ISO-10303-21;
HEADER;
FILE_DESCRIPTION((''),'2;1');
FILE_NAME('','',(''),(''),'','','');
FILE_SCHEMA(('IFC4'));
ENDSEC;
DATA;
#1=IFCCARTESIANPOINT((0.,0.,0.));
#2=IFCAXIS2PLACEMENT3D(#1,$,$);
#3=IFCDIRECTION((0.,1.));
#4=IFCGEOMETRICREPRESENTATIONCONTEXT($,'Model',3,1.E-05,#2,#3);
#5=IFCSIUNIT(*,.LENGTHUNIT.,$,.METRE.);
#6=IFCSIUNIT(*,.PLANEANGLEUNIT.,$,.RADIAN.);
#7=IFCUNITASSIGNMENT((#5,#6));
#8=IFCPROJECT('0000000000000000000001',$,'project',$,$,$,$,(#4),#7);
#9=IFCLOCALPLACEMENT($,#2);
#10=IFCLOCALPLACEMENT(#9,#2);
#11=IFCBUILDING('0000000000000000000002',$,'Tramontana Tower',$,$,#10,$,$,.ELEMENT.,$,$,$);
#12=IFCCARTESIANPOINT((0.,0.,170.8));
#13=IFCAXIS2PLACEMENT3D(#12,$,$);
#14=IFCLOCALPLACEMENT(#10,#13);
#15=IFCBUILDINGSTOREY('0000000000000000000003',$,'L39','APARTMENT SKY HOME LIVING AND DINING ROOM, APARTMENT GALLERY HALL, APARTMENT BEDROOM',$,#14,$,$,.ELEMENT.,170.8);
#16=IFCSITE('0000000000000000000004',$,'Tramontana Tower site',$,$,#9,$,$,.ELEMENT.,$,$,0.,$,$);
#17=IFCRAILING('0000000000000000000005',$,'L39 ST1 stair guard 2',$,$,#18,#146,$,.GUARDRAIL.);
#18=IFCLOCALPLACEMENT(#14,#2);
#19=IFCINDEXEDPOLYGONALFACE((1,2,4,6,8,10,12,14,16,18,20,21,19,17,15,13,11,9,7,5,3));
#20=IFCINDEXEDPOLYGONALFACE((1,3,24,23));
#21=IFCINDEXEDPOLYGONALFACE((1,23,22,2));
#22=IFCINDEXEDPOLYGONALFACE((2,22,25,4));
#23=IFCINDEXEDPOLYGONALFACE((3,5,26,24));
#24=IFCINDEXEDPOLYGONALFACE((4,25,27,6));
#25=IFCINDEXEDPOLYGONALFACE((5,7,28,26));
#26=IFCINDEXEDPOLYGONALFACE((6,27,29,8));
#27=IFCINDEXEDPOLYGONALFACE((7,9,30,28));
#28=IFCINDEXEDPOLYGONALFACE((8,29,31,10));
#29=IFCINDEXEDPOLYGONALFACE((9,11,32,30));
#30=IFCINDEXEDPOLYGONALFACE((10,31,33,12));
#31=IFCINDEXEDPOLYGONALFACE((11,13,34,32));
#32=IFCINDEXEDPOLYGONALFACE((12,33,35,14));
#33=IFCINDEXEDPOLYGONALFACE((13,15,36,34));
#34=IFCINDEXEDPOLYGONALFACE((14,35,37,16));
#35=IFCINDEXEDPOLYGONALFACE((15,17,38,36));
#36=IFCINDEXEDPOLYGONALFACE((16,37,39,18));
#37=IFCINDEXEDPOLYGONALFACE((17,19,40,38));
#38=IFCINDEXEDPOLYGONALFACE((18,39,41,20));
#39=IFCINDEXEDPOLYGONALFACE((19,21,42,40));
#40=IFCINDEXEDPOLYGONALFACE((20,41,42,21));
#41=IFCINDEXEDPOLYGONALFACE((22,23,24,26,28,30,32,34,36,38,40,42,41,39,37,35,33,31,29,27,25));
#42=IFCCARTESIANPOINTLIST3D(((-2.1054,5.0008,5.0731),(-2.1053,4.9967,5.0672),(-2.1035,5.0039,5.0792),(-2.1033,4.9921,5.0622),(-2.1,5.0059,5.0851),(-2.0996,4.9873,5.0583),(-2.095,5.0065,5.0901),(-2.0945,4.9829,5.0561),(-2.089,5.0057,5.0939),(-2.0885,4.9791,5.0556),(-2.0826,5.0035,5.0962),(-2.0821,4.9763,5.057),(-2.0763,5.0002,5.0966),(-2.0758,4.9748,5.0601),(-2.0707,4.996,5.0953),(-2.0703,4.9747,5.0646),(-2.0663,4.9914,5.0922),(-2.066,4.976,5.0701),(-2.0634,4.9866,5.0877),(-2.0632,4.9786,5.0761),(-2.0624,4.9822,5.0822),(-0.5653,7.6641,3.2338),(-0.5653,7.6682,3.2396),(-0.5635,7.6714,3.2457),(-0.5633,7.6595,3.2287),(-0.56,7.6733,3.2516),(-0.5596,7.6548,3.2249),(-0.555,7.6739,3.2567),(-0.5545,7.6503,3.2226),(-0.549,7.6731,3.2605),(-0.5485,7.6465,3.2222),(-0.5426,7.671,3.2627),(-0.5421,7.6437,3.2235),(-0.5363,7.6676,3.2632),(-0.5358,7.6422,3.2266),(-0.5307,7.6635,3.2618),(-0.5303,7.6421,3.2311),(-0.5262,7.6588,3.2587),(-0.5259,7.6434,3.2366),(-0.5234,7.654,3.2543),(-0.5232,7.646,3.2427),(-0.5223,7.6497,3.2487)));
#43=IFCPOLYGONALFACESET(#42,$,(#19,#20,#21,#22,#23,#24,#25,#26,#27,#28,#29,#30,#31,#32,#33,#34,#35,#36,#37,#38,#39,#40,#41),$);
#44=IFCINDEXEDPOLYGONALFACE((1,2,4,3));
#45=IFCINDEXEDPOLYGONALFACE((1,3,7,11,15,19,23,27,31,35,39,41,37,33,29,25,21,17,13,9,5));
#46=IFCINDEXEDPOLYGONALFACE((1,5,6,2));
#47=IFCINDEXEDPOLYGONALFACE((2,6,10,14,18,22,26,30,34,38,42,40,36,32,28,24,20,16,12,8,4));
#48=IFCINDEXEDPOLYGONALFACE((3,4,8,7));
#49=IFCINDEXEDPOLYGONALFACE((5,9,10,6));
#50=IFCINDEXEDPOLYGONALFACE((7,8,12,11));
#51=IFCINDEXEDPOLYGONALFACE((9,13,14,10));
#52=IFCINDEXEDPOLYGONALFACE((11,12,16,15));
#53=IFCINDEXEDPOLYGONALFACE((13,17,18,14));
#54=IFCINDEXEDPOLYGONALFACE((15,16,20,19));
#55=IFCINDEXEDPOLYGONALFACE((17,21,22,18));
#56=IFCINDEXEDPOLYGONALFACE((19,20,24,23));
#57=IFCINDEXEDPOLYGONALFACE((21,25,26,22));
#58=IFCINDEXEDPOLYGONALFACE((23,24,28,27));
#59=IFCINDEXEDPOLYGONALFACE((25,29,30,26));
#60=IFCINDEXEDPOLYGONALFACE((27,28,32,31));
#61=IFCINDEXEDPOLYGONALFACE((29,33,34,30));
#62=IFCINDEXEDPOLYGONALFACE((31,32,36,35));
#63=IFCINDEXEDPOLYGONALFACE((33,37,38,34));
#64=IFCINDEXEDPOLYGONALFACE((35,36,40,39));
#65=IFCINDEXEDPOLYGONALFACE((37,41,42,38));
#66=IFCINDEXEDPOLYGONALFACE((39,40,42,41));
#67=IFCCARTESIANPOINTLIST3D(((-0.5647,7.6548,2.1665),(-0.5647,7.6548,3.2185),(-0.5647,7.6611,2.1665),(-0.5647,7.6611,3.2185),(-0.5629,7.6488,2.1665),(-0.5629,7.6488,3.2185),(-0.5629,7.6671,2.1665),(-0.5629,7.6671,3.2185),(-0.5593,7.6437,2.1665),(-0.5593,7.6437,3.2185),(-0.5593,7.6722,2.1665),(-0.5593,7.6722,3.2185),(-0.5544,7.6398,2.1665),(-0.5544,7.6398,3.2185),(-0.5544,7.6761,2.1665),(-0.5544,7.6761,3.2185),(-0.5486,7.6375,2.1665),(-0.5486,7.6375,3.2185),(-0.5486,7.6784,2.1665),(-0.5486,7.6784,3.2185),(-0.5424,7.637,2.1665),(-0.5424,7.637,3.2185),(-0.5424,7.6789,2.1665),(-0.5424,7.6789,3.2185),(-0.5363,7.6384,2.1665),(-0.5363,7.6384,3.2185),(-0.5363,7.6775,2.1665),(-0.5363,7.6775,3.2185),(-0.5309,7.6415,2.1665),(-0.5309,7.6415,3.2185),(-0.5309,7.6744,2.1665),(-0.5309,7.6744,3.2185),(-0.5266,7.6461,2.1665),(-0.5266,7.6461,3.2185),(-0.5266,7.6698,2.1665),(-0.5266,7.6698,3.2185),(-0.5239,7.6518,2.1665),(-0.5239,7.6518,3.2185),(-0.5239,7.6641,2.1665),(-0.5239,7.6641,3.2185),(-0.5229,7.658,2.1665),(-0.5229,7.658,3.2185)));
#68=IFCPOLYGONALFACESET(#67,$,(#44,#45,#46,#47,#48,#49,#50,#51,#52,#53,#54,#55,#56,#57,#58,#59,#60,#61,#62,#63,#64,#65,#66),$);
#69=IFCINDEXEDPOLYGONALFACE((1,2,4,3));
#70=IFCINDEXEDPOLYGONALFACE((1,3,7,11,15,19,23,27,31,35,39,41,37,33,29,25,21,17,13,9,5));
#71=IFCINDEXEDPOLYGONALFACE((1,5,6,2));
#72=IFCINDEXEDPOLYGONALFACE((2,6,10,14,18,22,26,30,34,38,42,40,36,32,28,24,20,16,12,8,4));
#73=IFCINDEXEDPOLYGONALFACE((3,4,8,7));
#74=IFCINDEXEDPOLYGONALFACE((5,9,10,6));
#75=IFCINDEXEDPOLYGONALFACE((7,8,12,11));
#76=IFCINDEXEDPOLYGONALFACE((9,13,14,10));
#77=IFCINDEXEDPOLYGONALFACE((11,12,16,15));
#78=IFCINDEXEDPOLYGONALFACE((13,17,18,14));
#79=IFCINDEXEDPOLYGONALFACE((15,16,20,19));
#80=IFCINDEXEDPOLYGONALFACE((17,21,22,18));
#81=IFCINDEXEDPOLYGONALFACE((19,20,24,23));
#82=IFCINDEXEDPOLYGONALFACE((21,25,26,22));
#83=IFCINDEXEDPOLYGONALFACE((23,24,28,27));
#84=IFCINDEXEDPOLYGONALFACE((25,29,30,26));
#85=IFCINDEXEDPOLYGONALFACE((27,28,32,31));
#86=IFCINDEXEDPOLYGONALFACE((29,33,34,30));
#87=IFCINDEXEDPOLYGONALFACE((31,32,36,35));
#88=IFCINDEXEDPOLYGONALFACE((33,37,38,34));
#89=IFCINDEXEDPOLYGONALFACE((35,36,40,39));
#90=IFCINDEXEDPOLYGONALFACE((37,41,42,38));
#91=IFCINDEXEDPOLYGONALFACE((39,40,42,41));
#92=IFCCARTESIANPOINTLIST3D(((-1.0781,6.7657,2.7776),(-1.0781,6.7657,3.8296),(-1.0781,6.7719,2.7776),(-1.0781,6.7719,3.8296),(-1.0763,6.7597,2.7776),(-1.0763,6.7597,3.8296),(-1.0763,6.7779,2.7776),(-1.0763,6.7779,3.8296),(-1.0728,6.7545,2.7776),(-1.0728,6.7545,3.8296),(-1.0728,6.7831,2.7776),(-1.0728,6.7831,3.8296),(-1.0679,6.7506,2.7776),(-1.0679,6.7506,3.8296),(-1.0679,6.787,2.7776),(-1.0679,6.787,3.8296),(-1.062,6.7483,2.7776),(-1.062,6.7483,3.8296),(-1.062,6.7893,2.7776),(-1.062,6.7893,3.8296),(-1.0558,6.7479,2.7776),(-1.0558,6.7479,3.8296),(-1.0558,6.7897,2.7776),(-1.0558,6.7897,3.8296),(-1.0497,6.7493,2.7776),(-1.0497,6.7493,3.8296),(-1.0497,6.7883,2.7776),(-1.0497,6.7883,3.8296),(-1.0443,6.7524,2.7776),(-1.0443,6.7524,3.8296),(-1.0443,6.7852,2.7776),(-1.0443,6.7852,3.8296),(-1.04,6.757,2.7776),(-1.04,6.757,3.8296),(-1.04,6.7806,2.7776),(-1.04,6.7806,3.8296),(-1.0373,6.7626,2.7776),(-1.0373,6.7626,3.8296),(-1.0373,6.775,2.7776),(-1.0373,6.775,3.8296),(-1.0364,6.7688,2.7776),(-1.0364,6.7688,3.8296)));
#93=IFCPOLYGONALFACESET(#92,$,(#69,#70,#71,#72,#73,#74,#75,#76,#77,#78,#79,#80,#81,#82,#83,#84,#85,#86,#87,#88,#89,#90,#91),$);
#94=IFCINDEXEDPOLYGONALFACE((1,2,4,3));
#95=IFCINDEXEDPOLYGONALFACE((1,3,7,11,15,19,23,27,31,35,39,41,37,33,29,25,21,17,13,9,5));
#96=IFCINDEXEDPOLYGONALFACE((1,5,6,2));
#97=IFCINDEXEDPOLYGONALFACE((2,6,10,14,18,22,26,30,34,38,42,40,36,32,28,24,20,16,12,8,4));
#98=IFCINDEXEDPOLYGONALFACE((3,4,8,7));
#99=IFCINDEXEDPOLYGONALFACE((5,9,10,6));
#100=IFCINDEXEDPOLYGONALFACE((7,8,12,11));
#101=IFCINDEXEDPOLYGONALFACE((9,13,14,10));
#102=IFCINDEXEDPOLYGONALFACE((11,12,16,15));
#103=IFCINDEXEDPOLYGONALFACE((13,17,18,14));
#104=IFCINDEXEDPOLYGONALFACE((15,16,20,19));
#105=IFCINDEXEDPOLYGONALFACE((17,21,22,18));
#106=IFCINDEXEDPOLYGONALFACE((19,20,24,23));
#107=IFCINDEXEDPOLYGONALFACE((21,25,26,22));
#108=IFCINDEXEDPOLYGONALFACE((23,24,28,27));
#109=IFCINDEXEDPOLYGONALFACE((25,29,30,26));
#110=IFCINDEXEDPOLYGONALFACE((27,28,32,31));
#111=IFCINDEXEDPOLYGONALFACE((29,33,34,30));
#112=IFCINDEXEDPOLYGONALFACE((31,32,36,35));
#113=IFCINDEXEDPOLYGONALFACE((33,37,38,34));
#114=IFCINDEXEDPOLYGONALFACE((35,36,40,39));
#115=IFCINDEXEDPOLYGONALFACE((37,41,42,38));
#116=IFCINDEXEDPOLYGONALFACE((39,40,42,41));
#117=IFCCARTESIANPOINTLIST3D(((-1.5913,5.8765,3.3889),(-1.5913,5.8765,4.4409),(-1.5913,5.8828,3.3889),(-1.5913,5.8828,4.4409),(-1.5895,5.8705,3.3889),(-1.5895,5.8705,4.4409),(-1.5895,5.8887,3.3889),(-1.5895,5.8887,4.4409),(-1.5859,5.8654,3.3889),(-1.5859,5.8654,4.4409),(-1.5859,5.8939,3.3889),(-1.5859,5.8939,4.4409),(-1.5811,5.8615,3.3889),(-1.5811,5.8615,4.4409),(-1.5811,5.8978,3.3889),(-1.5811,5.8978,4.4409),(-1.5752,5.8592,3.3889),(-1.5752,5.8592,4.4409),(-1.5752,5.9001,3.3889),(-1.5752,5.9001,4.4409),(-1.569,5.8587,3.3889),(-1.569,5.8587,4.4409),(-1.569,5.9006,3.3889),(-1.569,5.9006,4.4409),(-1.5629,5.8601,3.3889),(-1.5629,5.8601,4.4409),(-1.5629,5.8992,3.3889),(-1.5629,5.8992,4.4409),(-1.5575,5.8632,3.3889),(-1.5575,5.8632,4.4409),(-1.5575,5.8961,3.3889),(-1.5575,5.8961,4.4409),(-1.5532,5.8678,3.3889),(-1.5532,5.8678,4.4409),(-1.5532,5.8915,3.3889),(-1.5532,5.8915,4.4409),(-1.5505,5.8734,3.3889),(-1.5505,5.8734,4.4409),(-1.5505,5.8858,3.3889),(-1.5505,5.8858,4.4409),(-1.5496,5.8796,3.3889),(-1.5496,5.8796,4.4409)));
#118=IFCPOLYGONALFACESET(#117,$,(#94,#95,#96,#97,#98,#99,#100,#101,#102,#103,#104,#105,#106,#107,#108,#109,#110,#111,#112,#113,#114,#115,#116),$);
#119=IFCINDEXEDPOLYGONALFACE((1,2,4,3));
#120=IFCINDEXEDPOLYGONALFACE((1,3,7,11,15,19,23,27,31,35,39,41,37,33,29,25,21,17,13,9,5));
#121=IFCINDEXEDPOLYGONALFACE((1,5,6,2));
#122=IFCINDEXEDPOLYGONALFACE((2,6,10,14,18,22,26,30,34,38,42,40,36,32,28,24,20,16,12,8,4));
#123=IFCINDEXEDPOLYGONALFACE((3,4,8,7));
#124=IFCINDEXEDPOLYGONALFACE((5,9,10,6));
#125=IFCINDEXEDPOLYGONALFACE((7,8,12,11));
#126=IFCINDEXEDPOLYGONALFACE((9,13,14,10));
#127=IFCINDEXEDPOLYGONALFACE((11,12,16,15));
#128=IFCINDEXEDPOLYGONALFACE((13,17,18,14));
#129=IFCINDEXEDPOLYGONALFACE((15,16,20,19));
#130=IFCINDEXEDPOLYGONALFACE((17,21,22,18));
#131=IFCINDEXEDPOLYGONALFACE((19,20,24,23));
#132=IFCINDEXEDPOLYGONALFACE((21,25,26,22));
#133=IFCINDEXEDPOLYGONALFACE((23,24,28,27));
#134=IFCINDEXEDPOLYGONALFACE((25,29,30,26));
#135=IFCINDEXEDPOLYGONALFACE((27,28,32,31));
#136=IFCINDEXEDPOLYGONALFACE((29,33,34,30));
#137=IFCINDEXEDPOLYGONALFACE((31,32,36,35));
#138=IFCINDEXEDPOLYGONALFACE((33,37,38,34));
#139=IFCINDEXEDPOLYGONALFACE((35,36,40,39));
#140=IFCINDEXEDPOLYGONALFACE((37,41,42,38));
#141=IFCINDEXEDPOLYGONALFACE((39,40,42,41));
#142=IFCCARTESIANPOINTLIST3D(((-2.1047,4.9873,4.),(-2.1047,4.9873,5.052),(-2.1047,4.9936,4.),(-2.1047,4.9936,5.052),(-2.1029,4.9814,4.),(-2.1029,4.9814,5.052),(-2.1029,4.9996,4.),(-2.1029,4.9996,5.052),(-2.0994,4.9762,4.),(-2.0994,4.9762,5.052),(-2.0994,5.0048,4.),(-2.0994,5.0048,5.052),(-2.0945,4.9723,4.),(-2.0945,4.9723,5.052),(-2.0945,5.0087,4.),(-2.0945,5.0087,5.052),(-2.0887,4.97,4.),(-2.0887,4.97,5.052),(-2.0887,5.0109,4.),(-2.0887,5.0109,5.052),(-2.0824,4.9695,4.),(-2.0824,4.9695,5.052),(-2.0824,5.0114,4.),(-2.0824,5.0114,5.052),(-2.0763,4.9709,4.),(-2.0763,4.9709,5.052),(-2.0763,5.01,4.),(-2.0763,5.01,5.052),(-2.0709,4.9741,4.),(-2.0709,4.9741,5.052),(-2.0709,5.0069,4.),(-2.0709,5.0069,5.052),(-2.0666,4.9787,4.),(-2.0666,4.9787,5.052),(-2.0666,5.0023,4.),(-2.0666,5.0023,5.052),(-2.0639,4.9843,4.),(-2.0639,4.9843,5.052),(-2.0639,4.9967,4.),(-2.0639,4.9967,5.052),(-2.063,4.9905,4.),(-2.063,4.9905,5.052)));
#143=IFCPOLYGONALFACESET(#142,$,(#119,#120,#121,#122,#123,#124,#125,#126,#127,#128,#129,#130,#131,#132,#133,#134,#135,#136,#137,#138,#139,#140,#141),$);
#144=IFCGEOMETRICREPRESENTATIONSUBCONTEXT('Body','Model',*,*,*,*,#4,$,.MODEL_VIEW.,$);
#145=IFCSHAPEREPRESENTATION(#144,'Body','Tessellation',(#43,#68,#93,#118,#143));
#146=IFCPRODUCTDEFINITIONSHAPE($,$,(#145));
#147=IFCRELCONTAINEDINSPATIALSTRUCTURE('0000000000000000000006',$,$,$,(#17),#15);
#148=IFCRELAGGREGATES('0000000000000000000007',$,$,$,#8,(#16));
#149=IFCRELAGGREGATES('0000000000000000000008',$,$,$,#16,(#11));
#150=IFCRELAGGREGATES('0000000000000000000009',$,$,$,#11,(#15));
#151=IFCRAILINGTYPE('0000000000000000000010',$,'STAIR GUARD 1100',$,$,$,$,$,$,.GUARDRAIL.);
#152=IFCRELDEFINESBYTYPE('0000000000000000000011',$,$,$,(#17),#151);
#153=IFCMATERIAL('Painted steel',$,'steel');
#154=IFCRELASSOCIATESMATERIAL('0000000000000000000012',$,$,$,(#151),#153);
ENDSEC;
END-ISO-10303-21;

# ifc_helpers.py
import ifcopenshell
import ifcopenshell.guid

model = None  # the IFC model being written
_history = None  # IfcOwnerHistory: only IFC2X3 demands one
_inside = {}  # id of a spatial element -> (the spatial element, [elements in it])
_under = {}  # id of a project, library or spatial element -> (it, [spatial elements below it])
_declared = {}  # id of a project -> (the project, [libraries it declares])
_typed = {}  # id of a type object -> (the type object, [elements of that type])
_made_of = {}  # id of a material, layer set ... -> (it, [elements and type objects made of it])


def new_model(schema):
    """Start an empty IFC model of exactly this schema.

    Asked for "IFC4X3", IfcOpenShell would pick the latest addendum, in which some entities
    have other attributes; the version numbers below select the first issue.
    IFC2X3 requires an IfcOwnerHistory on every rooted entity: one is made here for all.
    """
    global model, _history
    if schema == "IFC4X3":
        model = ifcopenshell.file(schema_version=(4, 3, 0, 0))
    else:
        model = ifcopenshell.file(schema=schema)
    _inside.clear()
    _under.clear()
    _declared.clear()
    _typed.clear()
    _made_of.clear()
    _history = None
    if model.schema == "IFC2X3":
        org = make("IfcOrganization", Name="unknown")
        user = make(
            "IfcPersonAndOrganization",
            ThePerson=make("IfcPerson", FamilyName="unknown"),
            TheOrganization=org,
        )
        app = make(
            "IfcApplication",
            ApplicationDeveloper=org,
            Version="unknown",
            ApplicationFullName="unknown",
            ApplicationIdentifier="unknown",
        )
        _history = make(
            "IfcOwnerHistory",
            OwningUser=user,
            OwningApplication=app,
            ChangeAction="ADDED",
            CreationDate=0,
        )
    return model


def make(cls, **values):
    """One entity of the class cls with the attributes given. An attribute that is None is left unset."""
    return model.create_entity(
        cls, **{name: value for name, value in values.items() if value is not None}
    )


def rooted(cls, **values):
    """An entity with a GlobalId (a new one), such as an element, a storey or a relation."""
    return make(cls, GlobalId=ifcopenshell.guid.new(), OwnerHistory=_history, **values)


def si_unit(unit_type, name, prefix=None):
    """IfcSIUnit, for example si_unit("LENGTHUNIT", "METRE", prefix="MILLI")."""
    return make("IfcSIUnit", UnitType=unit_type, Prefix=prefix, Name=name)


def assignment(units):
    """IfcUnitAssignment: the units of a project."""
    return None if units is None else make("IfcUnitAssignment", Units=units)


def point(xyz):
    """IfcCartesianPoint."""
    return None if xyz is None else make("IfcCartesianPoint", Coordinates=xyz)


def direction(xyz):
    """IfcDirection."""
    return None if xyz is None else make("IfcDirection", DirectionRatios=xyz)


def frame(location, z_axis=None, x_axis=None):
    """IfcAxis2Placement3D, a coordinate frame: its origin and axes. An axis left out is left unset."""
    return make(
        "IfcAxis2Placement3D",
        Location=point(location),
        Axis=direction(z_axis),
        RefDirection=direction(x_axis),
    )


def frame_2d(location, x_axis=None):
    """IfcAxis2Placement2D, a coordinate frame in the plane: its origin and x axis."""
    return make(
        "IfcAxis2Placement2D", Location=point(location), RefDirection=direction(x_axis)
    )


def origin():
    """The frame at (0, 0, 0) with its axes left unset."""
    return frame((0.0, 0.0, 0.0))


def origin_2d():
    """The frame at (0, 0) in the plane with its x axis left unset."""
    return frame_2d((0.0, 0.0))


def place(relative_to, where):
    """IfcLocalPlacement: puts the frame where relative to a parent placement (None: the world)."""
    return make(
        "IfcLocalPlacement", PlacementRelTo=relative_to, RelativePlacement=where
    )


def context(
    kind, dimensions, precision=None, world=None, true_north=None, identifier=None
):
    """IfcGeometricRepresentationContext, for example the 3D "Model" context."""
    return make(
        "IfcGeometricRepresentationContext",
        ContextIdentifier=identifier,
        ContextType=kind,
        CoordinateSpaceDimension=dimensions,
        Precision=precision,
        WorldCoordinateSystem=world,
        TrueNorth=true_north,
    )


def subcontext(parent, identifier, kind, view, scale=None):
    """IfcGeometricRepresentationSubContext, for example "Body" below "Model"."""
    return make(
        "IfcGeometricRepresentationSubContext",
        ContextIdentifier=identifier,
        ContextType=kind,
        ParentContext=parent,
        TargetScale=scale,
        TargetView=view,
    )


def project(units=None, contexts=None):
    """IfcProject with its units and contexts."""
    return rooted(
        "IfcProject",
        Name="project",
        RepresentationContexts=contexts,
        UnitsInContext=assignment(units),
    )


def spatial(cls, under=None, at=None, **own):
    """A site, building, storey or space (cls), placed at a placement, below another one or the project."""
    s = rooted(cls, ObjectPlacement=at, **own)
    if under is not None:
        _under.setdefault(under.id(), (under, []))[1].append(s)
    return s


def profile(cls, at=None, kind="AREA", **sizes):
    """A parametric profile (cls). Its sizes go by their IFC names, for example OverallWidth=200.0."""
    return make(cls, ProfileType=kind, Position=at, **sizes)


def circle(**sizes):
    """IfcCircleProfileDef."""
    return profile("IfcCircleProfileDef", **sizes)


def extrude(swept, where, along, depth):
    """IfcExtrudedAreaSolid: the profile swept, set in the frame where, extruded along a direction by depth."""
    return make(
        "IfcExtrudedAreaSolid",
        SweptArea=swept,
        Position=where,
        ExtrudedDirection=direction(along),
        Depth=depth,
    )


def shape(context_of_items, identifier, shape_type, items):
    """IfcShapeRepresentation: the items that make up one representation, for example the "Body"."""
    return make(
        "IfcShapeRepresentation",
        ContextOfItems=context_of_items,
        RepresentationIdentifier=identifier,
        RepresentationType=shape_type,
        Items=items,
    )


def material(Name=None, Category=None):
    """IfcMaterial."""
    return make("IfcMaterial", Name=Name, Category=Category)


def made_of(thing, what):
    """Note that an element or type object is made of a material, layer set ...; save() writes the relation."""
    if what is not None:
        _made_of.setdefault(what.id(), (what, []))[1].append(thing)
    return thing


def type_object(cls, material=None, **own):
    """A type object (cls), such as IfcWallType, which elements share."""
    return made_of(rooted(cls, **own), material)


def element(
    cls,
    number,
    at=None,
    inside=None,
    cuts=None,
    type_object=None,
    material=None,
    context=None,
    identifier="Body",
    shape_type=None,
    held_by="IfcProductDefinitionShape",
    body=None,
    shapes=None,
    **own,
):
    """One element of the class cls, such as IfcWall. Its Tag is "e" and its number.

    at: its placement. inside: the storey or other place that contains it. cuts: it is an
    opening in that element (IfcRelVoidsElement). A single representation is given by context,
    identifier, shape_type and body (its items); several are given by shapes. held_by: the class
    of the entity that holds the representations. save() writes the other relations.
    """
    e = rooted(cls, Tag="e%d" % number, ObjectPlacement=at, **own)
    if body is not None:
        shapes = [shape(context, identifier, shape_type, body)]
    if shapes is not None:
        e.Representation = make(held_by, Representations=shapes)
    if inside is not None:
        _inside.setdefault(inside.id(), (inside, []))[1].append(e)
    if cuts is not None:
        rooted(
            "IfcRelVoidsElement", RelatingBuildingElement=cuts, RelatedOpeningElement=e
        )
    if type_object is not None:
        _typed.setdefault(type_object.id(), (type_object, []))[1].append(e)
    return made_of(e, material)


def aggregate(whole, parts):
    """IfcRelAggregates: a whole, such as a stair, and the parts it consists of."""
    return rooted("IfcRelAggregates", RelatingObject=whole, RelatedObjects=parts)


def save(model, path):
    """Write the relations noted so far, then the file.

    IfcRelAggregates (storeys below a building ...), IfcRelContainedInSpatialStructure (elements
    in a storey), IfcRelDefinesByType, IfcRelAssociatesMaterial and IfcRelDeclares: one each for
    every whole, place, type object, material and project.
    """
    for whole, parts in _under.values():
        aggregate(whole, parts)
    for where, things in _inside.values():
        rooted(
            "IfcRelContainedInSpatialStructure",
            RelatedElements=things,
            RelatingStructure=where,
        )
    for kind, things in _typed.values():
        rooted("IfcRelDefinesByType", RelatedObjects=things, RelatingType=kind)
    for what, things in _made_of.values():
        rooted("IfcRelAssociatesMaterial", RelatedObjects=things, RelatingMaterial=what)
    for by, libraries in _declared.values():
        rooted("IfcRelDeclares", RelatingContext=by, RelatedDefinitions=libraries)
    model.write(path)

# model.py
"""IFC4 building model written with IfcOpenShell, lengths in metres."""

from ifc_helpers import new_model, si_unit, direction, frame, origin, origin_2d, place, context, subcontext, project, spatial, circle, extrude, material, type_object, element, save


model = new_model("IFC4")

# Units and contexts
model_context = context("Model", 3, precision=1e-05, world=origin(), true_north=direction((0.0, 1.0)))
body_context = subcontext(model_context, "Body", "Model", "MODEL_VIEW")
ifc_project = project(units=[si_unit("LENGTHUNIT", "METRE"), si_unit("PLANEANGLEUNIT", "RADIAN")], contexts=[model_context])

# Site, building, storey
site_placement = place(None, origin())
site = spatial("IfcSite", under=ifc_project, at=site_placement, Name="Tramontana Tower site", CompositionType="ELEMENT", RefElevation=0.0)
building_placement = place(site_placement, origin())
building = spatial("IfcBuilding", under=site, at=building_placement, Name="Tramontana Tower", CompositionType="ELEMENT")
storey_placement = place(building_placement, frame((0.0, 0.0, 170.8)))
storey = spatial("IfcBuildingStorey", under=building, at=storey_placement, Name="L39", Description="APARTMENT SKY HOME LIVING AND DINING ROOM, APARTMENT GALLERY HALL, APARTMENT BEDROOM", CompositionType="ELEMENT", Elevation=170.8)

# Railing
ifc_material_1 = material(Name="Painted steel", Category="steel")
railing_type_1 = type_object("IfcRailingType", Name="STAIR GUARD 1100", PredefinedType="GUARDRAIL", material=ifc_material_1)
railing_1_placement = place(storey_placement, frame((-0.5439, 7.658, 2.1665)))
element("IfcRailing", 1, at=railing_1_placement, inside=storey, type_object=railing_type_1, Name="L39 ST1 stair guard 2", PredefinedType="GUARDRAIL", context=body_context, shape_type="SweptSolid", body=[
    extrude(circle(Radius=0.0239, at=origin_2d()), frame((0.0, 0.0, 1.0762), z_axis=(-0.429634, -0.744164, 0.511502), x_axis=(0.86603, -0.499992, 0.0)), (0.0, 0.0, 1.0), 3.5845),
    extrude(circle(Radius=0.021, at=origin_2d()), origin(), (0.0, 0.0, 1.0), 1.052),
    extrude(circle(Radius=0.021, at=origin_2d()), frame((-0.5134, -0.8892, 0.6111)), (0.0, 0.0, 1.0), 1.052),
    extrude(circle(Radius=0.021, at=origin_2d()), frame((-1.0266, -1.7783, 1.2224)), (0.0, 0.0, 1.0), 1.052),
    extrude(circle(Radius=0.021, at=origin_2d()), frame((-1.54, -2.6675, 1.8335)), (0.0, 0.0, 1.0), 1.052),
])

save(model, "model.ifc")
